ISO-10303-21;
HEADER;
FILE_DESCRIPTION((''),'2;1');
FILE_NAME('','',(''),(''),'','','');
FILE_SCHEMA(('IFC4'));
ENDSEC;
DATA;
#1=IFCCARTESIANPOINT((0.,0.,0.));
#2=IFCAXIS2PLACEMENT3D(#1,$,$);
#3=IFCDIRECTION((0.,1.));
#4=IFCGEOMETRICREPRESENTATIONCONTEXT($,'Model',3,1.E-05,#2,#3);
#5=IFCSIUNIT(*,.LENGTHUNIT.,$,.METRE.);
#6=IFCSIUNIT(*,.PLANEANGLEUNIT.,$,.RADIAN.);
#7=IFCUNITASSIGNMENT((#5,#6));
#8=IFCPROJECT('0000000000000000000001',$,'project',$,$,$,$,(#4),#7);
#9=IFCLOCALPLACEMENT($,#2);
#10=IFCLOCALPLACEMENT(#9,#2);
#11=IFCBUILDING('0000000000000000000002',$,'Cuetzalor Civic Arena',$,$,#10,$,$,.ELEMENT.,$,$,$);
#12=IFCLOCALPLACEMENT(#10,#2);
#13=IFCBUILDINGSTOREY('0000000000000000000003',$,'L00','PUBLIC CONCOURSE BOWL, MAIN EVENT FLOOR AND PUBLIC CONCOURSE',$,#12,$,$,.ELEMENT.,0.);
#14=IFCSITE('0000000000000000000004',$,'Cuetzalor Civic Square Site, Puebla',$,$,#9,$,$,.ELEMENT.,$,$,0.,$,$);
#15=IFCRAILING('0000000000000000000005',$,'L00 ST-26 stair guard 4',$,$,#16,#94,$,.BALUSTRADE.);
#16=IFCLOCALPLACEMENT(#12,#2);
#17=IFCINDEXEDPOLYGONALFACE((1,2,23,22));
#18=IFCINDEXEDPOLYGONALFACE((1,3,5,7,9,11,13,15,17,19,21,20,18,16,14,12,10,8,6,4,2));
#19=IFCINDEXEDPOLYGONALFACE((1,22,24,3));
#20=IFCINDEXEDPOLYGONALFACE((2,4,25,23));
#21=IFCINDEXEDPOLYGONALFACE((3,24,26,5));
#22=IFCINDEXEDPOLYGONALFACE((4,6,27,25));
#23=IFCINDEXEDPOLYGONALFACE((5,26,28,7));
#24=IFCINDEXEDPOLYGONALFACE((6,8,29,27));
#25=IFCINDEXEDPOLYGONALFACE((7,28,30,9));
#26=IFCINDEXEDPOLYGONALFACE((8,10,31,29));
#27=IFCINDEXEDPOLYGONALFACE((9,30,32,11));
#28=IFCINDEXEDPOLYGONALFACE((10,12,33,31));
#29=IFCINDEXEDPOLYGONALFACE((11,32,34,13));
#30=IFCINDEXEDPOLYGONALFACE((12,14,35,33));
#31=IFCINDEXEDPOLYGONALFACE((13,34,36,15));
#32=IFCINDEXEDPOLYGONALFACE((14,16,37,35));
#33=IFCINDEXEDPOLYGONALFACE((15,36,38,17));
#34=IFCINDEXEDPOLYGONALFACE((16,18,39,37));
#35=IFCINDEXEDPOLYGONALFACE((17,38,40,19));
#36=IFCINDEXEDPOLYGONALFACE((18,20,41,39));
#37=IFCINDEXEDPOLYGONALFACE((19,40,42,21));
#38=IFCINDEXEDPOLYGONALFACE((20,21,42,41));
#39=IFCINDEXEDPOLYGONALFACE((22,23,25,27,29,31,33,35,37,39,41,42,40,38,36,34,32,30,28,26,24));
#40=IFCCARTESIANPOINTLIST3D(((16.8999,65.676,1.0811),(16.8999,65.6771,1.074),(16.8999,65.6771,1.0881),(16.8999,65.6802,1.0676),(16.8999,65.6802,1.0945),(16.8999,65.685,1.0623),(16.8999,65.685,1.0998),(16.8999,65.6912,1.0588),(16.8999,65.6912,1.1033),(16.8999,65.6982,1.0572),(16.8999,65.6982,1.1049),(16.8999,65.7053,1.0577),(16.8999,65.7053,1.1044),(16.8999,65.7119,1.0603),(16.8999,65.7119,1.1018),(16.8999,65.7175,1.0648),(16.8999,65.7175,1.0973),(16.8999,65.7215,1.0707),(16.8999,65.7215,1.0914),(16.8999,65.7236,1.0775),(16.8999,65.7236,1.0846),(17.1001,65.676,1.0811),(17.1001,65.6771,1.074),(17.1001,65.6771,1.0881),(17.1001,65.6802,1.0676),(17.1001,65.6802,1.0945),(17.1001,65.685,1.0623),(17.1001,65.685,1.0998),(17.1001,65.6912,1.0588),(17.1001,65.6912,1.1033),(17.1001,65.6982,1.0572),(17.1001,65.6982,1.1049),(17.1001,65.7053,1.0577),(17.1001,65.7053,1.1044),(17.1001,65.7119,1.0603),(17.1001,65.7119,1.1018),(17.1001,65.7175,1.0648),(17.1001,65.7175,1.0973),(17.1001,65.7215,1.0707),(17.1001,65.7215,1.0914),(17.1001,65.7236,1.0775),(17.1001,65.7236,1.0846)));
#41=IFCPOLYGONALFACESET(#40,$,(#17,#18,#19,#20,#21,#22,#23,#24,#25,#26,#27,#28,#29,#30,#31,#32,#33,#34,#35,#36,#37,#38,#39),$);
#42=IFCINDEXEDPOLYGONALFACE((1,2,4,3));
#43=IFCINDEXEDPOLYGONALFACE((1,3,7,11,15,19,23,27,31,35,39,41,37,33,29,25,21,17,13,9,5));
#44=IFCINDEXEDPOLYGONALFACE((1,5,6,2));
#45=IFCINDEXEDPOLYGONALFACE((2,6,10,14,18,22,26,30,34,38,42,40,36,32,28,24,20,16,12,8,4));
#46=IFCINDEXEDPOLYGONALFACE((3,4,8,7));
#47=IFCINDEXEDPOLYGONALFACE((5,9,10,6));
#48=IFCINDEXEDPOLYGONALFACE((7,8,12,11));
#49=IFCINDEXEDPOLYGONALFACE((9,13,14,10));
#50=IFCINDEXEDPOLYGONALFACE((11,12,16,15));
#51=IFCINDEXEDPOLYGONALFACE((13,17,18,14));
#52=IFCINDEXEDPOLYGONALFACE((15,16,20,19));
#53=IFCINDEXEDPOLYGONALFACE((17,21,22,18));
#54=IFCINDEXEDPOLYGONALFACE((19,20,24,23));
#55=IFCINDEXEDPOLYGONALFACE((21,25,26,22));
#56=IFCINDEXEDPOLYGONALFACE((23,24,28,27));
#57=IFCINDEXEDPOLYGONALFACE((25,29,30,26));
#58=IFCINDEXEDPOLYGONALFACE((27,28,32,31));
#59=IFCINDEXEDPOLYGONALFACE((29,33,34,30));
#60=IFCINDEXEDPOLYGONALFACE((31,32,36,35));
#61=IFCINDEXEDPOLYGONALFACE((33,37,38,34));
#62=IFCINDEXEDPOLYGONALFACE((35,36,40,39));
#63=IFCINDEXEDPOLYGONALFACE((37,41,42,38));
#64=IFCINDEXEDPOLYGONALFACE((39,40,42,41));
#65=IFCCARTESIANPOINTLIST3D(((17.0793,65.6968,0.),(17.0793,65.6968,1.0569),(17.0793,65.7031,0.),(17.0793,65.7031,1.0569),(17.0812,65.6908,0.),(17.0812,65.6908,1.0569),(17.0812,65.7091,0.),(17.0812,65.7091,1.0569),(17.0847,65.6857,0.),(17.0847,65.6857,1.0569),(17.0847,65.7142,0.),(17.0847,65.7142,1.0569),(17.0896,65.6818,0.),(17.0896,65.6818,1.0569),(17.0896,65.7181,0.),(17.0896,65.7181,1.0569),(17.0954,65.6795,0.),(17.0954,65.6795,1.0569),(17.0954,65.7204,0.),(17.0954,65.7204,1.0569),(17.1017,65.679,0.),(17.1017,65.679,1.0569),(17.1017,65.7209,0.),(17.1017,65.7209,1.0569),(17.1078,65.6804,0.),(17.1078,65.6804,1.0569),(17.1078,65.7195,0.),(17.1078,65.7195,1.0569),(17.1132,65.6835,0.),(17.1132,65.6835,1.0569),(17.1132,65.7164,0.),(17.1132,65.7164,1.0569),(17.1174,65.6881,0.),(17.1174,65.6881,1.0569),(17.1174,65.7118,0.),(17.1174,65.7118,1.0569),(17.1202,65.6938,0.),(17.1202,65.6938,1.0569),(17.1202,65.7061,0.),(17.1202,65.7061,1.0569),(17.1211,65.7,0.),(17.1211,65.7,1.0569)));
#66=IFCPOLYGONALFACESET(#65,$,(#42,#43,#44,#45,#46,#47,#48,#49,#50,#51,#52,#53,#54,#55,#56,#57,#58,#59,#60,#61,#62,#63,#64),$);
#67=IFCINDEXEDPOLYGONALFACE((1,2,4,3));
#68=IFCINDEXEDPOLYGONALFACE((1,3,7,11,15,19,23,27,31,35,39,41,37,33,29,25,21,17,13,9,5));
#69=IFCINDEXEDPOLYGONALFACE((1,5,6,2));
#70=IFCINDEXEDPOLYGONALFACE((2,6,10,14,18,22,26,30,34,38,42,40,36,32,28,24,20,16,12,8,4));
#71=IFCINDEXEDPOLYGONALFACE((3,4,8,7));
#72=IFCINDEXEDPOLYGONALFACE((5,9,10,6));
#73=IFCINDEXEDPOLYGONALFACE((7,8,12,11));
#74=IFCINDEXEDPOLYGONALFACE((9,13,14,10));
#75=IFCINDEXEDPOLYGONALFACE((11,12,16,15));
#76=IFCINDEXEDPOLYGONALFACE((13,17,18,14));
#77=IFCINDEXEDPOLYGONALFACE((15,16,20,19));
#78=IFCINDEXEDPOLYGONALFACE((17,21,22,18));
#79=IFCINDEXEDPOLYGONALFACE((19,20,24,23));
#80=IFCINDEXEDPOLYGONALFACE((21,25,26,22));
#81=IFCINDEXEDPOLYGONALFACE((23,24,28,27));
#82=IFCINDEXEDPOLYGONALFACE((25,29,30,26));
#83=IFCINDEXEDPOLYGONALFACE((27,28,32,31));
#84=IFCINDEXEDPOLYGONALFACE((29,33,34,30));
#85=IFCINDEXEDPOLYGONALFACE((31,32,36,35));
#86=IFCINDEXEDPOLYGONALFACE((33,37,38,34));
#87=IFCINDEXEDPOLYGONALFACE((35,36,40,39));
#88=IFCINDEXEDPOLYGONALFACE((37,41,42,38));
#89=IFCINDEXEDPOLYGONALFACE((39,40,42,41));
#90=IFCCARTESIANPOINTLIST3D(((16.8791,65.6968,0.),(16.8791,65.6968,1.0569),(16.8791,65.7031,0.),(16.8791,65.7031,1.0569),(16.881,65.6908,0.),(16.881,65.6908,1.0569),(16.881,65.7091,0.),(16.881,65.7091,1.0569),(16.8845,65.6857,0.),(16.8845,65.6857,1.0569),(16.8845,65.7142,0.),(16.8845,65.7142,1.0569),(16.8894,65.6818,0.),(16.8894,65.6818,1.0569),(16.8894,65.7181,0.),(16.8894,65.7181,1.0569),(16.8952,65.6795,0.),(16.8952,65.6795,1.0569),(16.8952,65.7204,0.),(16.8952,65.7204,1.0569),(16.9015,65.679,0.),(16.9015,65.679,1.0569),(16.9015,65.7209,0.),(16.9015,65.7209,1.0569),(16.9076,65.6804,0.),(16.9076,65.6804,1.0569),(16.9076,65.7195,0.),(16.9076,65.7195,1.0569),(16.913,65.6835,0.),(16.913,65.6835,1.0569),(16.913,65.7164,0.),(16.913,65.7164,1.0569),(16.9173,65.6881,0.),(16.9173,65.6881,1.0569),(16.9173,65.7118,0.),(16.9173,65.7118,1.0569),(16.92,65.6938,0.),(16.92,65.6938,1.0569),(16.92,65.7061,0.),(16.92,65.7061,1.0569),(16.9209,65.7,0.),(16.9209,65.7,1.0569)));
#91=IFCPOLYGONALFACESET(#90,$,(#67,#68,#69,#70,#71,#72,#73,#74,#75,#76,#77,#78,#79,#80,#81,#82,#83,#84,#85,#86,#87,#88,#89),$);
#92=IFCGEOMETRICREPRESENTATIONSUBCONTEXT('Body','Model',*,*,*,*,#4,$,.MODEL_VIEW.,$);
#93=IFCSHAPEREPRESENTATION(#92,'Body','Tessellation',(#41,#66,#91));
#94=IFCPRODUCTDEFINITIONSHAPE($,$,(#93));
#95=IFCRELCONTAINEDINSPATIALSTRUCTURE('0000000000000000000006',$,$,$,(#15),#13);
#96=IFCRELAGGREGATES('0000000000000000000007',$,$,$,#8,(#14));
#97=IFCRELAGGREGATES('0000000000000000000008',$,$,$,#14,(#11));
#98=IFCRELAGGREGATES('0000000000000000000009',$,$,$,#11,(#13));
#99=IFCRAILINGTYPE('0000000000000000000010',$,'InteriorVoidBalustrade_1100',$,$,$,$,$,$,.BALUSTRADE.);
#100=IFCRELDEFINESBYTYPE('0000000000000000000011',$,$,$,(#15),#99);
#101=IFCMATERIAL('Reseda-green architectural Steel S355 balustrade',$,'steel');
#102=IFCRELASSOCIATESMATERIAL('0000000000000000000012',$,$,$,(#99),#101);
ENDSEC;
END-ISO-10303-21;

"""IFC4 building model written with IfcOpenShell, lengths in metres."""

from ifc_helpers import new_model, si_unit, direction, frame, origin, origin_2d, place, context, subcontext, project, spatial, circle, extrude, material, type_object, element, save


model = new_model("IFC4")

# Units and contexts
model_context = context("Model", 3, precision=1e-05, world=origin(), true_north=direction((0.0, 1.0)))
body_context = subcontext(model_context, "Body", "Model", "MODEL_VIEW")
ifc_project = project(units=[si_unit("LENGTHUNIT", "METRE"), si_unit("PLANEANGLEUNIT", "RADIAN")], contexts=[model_context])

# Site, building, storey
site_placement = place(None, origin())
site = spatial("IfcSite", under=ifc_project, at=site_placement, Name="Cuetzalor Civic Square Site, Puebla", CompositionType="ELEMENT", RefElevation=0.0)
building_placement = place(site_placement, origin())
building = spatial("IfcBuilding", under=site, at=building_placement, Name="Cuetzalor Civic Arena", CompositionType="ELEMENT")
storey_placement = place(building_placement, origin())
storey = spatial("IfcBuildingStorey", under=building, at=storey_placement, Name="L00", Description="PUBLIC CONCOURSE BOWL, MAIN EVENT FLOOR AND PUBLIC CONCOURSE", CompositionType="ELEMENT", Elevation=0.0)

# Railing
ifc_material_1 = material(Name="Reseda-green architectural Steel S355 balustrade", Category="steel")
railing_type_1 = type_object("IfcRailingType", Name="InteriorVoidBalustrade_1100", PredefinedType="BALUSTRADE", material=ifc_material_1)
railing_1_placement = place(storey_placement, frame((17.1001, 65.7, 0.0)))
element("IfcRailing", 1, at=railing_1_placement, inside=storey, type_object=railing_type_1, Name="L00 ST-26 stair guard 4", PredefinedType="BALUSTRADE", context=body_context, shape_type="SweptSolid", body=[
    extrude(circle(Radius=0.0239, at=origin_2d()), frame((0.0, 0.0, 1.0811), z_axis=(-1.0, 0.0, 0.0), x_axis=(0.0, -1.0, 0.0)), (0.0, 0.0, 1.0), 0.2002),
    extrude(circle(Radius=0.021, at=origin_2d()), origin(), (0.0, 0.0, 1.0), 1.0569),
    extrude(circle(Radius=0.021, at=origin_2d()), frame((-0.2002, 0.0, 0.0)), (0.0, 0.0, 1.0), 1.0569),
])

save(model, "model.ifc")
